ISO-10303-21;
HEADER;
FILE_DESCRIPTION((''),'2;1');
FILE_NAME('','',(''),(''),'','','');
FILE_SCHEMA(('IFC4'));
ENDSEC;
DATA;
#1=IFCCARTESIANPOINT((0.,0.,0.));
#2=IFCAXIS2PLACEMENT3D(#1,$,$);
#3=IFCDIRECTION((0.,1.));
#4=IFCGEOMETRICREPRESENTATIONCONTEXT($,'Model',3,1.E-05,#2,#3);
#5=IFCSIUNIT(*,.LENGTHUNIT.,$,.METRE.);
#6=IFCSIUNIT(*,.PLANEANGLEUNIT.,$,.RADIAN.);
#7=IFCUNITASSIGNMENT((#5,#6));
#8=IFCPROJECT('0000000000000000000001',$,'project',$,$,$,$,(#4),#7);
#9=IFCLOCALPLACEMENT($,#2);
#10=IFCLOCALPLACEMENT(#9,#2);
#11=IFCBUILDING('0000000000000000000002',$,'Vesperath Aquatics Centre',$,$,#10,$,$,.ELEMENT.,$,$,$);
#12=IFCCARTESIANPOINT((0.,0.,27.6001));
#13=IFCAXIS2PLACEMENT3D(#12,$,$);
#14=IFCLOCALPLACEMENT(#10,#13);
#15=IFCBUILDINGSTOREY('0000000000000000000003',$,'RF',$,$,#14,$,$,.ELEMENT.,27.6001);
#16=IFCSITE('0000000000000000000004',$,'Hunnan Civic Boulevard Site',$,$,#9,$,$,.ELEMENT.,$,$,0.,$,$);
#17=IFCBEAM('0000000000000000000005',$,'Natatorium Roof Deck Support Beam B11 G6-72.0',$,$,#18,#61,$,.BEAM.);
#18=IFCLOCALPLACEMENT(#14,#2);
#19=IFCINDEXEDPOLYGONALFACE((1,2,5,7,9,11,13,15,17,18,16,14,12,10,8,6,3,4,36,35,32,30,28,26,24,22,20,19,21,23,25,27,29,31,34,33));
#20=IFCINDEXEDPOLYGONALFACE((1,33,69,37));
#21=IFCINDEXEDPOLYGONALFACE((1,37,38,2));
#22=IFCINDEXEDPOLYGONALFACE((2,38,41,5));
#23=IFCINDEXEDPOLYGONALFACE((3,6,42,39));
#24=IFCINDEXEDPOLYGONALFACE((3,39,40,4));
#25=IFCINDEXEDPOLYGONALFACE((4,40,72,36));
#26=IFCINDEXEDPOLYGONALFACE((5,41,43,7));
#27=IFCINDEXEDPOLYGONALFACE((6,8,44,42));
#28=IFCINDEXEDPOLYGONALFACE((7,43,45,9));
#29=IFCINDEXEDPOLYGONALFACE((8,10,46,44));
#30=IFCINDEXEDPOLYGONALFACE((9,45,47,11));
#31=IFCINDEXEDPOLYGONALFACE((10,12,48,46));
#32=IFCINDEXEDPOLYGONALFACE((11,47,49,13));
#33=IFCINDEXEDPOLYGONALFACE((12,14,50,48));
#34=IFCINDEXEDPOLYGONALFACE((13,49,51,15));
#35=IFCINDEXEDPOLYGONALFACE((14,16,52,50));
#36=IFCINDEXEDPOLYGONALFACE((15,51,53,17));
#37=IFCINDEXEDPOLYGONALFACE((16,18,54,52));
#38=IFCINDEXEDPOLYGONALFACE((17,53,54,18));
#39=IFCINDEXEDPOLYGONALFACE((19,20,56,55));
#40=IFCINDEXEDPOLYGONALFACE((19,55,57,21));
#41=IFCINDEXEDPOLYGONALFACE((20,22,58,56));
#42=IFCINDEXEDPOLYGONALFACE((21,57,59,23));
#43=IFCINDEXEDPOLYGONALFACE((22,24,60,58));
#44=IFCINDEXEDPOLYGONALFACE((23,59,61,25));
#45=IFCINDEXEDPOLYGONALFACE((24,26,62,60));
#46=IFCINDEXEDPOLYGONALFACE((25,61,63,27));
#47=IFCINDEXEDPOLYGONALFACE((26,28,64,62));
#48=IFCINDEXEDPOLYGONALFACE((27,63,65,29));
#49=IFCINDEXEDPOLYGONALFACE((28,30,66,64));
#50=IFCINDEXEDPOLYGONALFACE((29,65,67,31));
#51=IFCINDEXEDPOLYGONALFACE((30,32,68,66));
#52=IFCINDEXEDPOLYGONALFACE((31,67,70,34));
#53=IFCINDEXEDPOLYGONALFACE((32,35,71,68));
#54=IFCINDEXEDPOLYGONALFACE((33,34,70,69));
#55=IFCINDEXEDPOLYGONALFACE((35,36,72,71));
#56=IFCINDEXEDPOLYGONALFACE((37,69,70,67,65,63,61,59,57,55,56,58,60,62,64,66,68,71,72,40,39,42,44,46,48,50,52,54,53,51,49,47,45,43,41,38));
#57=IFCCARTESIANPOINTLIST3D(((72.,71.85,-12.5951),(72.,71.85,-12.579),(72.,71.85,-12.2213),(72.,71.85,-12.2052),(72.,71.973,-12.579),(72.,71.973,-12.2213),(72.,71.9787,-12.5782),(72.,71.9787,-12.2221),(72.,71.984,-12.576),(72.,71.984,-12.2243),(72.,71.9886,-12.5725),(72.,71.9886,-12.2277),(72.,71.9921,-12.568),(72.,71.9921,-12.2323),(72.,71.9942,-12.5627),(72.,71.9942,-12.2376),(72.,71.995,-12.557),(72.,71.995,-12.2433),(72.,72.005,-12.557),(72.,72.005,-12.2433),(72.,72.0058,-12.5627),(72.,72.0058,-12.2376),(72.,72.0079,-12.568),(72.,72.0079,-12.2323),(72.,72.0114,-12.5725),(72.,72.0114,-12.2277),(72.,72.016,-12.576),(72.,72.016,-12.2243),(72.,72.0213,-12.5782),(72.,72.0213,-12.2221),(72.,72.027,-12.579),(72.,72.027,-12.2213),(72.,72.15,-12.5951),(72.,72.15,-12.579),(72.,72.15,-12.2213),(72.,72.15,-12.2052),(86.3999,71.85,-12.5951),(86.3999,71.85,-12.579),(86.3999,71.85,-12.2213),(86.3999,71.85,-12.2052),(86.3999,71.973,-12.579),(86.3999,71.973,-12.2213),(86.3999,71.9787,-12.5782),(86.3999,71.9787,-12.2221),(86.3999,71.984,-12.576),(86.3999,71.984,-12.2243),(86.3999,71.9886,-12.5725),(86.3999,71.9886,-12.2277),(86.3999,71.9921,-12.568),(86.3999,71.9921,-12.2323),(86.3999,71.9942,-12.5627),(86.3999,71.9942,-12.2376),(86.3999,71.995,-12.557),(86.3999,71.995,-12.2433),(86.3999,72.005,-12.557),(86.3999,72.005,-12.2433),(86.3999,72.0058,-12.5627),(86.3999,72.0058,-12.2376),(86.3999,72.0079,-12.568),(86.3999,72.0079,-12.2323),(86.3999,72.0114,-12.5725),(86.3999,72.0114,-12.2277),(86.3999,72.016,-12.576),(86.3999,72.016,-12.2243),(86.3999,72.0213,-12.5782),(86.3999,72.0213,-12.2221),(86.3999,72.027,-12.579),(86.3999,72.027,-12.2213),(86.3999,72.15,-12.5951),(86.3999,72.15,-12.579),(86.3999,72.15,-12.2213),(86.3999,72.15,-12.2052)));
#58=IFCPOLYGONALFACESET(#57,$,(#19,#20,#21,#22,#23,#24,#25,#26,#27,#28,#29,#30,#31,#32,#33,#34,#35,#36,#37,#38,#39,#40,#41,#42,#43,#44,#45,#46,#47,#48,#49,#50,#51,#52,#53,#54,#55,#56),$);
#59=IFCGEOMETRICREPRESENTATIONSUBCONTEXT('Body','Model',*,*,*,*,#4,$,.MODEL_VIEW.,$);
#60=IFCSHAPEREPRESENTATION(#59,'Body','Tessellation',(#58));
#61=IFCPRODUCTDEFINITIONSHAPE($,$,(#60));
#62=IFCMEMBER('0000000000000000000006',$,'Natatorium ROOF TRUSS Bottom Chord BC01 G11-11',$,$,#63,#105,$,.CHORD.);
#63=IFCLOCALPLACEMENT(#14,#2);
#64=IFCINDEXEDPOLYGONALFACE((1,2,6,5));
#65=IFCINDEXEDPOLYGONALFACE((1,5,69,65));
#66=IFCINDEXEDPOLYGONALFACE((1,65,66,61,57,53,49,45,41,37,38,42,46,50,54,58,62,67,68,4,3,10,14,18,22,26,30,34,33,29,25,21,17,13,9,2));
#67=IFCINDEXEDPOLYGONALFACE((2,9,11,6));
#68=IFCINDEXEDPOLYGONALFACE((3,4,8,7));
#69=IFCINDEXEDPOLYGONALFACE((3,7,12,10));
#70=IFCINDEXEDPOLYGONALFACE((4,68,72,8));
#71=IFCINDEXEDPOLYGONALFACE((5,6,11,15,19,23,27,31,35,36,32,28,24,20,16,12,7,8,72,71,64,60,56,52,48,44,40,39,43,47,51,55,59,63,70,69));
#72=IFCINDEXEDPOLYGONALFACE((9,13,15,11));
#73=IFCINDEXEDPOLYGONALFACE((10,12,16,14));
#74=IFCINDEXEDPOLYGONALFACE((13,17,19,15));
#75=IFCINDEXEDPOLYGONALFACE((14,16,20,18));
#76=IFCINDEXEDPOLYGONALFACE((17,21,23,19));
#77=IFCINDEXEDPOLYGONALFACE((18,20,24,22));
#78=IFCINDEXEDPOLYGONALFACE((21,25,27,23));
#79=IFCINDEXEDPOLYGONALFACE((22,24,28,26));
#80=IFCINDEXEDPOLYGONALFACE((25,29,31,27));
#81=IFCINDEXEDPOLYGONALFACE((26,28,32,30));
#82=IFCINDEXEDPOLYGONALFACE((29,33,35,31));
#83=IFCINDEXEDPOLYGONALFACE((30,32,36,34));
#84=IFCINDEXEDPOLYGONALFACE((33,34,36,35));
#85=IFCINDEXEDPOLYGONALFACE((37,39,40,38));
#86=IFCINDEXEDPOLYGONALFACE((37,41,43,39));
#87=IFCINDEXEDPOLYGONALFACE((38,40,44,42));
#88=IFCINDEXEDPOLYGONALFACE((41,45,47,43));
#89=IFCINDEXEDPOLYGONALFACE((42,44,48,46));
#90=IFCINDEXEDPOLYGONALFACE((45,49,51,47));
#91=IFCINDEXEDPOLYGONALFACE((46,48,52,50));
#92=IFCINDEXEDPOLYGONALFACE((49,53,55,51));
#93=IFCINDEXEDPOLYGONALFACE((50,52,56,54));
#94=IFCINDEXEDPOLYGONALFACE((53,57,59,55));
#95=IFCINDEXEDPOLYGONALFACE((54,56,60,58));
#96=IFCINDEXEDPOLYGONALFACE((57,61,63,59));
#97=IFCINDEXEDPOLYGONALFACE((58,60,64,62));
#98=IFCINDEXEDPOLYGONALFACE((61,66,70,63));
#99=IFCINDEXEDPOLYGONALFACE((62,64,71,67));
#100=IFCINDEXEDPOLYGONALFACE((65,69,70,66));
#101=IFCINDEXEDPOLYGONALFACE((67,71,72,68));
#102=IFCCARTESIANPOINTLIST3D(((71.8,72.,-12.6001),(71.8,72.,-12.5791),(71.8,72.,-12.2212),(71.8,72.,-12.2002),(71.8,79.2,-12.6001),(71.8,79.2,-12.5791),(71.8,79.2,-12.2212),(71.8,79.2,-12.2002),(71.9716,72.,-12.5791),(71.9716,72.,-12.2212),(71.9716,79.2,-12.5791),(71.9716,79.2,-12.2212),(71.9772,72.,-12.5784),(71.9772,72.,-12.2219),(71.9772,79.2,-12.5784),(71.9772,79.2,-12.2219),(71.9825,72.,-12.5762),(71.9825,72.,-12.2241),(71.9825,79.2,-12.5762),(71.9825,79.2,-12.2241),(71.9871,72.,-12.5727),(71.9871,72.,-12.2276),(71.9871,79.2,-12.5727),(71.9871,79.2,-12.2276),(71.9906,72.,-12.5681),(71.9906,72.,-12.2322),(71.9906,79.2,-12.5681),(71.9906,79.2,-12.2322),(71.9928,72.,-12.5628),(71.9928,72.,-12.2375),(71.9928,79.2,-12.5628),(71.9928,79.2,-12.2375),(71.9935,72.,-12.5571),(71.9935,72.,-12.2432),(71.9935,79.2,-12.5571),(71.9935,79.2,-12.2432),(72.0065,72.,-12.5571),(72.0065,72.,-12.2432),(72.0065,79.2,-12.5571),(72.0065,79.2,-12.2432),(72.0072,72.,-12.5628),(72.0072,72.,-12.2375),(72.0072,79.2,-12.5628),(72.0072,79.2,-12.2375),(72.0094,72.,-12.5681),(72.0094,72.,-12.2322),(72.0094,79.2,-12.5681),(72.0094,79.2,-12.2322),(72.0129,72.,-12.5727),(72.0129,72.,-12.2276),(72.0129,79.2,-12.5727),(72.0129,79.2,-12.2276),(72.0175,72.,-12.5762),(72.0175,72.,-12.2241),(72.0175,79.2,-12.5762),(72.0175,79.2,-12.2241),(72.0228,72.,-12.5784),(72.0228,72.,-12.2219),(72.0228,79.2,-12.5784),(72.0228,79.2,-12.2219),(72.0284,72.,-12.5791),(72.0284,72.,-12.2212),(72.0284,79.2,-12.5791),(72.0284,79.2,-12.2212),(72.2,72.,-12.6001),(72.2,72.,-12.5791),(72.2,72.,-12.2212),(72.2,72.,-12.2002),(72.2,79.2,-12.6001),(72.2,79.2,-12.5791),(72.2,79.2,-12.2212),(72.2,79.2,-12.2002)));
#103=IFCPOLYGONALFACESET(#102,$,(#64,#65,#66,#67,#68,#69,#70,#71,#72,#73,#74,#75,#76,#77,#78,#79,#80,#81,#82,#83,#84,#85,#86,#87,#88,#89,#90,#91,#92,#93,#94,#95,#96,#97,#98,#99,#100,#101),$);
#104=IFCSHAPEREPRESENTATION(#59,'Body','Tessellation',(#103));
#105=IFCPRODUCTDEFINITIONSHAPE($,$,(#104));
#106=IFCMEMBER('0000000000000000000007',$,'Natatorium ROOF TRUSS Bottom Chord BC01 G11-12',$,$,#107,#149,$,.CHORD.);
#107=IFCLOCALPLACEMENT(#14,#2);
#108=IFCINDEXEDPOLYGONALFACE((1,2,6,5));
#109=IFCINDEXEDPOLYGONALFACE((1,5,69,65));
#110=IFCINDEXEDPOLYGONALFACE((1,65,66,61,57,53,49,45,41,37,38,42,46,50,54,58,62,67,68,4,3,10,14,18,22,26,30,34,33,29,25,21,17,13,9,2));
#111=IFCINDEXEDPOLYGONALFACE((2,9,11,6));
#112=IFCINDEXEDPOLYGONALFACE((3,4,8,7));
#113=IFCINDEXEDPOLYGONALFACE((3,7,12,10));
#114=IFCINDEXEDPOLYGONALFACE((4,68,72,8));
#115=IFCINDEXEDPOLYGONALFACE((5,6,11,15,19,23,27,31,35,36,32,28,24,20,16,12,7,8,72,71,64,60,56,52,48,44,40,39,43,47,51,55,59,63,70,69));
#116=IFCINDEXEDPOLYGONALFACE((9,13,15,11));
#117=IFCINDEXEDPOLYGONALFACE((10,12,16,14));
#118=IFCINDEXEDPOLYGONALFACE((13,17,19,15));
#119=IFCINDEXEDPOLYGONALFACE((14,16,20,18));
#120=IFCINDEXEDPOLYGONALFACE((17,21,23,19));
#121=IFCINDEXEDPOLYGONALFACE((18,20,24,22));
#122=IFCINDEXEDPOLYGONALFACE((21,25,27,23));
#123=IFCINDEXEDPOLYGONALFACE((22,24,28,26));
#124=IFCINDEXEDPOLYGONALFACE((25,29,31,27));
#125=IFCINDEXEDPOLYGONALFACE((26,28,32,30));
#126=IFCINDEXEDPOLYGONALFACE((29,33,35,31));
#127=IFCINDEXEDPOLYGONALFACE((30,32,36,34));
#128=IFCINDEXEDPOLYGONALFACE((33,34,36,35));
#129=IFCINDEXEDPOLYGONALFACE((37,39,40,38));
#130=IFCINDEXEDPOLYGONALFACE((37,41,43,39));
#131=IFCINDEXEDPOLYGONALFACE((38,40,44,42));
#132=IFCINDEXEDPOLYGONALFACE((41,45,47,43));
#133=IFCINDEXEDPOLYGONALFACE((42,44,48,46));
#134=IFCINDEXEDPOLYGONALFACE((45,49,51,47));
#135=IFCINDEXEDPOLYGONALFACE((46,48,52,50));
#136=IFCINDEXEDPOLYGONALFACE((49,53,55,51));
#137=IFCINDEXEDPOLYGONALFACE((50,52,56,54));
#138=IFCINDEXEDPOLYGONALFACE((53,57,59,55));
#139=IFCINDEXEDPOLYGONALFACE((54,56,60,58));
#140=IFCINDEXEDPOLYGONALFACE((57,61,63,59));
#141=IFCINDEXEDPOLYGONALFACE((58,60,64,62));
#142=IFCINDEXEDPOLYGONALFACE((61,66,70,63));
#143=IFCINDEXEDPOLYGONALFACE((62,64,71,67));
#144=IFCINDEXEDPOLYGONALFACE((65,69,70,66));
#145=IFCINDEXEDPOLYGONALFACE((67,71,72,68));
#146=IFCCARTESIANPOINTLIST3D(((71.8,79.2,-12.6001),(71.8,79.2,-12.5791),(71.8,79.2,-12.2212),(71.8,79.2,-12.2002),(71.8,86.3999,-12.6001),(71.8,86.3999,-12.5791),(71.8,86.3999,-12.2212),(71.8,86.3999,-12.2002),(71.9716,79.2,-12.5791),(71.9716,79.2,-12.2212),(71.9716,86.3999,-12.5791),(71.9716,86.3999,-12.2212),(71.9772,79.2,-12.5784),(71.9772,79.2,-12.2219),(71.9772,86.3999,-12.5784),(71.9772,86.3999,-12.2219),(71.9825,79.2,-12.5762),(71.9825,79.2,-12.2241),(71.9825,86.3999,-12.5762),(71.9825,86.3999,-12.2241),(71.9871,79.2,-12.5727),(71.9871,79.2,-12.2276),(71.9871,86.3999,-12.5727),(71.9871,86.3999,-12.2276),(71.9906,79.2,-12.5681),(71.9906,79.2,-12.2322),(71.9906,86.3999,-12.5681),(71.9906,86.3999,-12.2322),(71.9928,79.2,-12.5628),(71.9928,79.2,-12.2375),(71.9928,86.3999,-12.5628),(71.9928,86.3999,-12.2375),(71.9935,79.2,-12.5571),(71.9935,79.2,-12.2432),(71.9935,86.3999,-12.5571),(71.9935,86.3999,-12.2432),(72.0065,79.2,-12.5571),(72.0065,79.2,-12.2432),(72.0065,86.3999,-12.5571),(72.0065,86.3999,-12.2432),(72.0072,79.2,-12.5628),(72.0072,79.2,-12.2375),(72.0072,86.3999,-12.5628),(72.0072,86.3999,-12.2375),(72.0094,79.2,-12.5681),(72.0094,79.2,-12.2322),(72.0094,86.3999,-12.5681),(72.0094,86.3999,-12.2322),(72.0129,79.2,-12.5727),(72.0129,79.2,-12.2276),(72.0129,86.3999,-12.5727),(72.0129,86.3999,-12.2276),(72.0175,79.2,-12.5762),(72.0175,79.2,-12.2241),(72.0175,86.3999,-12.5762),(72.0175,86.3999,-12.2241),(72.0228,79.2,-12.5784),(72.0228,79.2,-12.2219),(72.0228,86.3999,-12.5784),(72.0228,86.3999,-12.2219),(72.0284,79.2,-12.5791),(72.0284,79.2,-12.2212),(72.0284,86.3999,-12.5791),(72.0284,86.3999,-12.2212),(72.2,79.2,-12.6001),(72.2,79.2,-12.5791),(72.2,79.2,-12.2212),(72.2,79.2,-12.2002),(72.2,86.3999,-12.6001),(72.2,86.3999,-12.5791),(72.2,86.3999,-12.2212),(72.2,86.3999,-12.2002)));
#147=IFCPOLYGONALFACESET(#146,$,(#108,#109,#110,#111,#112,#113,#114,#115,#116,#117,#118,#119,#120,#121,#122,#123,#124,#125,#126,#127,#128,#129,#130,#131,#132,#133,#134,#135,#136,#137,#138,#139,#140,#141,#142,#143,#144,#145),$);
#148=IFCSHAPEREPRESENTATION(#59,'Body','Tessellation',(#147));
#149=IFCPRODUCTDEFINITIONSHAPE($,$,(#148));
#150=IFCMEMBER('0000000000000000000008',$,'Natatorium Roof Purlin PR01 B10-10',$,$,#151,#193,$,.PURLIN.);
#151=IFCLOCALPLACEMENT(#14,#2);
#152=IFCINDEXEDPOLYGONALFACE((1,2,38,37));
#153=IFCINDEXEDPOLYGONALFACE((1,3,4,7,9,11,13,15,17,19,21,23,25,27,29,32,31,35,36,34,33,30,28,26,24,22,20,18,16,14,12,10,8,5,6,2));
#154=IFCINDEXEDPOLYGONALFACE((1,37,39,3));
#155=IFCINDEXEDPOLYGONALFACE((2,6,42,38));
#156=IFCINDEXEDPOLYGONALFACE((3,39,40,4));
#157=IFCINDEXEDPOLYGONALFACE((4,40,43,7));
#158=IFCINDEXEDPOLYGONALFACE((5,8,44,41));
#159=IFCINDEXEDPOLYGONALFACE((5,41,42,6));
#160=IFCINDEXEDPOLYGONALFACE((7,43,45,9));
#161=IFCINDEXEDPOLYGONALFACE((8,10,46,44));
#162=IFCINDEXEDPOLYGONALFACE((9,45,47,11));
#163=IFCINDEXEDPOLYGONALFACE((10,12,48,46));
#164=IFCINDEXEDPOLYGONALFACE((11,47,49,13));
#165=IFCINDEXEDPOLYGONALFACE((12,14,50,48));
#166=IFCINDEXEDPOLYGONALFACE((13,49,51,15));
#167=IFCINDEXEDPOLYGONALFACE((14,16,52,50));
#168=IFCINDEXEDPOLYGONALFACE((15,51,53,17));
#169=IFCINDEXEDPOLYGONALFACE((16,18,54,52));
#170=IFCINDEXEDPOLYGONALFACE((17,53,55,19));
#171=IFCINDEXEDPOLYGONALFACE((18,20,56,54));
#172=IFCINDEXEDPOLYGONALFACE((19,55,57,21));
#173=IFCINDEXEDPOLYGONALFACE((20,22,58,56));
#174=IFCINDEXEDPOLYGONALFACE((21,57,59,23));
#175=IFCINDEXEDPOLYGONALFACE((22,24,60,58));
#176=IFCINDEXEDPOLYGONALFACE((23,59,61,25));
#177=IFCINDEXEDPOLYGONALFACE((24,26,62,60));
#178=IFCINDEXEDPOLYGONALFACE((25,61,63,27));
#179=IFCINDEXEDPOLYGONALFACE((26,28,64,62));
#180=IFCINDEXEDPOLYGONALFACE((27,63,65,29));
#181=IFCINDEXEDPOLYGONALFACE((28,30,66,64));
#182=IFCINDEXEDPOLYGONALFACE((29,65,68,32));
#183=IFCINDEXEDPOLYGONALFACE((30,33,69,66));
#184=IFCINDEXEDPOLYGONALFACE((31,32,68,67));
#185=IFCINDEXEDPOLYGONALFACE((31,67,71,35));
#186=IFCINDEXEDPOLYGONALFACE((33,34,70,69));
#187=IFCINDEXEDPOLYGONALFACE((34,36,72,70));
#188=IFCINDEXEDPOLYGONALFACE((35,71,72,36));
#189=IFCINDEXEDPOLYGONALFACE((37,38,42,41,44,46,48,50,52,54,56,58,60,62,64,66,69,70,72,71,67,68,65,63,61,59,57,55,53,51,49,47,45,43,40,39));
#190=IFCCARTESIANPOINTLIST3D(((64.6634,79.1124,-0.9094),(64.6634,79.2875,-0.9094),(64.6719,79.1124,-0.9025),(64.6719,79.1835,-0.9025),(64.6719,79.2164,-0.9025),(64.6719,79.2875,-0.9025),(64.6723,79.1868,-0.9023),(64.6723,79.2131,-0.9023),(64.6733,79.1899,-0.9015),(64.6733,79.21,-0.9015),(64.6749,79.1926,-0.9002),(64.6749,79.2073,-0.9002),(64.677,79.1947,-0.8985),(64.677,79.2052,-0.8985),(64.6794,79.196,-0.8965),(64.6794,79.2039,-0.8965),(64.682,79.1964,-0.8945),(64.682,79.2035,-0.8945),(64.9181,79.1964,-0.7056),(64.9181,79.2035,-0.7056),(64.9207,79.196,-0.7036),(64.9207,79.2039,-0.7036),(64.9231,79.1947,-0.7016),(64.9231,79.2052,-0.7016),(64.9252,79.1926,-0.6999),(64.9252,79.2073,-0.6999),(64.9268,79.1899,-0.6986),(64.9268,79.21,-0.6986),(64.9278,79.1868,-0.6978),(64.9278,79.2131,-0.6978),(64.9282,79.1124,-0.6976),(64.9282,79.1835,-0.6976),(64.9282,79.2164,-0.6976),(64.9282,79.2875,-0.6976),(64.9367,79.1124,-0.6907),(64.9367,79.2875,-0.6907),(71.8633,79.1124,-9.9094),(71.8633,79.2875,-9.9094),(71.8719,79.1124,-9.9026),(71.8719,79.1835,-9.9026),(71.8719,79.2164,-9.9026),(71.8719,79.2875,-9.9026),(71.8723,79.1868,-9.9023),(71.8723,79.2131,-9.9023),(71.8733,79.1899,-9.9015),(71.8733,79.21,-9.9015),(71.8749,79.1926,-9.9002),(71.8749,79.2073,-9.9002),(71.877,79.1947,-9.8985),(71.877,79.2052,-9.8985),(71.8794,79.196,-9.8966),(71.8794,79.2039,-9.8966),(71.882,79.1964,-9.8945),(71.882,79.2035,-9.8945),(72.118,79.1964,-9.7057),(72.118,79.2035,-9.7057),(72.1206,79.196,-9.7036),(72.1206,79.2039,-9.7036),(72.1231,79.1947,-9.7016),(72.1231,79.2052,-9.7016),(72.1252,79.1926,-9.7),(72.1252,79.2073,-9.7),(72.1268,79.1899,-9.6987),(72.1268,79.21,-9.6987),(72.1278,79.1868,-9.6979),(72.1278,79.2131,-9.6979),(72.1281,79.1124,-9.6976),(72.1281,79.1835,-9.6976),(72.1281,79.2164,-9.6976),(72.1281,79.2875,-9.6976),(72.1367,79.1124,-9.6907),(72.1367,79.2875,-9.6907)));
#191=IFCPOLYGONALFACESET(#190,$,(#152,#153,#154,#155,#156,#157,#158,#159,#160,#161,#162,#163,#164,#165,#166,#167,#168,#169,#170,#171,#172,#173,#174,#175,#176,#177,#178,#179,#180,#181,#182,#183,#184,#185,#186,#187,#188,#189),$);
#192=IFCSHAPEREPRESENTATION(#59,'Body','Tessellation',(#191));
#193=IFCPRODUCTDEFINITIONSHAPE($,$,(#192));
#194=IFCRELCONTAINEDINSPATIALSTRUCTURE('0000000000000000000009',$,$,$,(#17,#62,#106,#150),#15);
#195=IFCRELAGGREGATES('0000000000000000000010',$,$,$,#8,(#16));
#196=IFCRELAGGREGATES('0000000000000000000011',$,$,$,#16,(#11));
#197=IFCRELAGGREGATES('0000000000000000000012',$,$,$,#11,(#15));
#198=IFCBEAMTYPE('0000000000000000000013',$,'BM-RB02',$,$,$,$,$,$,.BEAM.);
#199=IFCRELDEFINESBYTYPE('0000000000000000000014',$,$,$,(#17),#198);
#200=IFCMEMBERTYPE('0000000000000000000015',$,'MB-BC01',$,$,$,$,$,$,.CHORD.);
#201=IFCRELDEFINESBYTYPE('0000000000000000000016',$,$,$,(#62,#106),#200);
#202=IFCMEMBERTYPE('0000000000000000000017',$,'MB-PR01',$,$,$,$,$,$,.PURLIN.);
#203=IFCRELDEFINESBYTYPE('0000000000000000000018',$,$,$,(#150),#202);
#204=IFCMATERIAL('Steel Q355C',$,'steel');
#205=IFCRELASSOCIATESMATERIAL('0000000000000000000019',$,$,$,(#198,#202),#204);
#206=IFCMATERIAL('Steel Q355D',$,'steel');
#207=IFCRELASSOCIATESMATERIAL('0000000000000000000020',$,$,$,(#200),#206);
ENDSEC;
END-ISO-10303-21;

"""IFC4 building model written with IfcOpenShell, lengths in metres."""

from ifc_helpers import new_model, si_unit, direction, frame, origin, origin_2d, place, context, subcontext, project, spatial, i_section, extrude, material, material_profile, profile_set, type_object, element, save


model = new_model("IFC4")

# Units and contexts
model_context = context("Model", 3, precision=1e-05, world=origin(), true_north=direction((0.0, 1.0)))
body_context = subcontext(model_context, "Body", "Model", "MODEL_VIEW")
ifc_project = project(units=[si_unit("LENGTHUNIT", "METRE"), si_unit("PLANEANGLEUNIT", "RADIAN")], contexts=[model_context])

# Site, building, storey
site_placement = place(None, origin())
site = spatial("IfcSite", under=ifc_project, at=site_placement, Name="Hunnan Civic Boulevard Site", CompositionType="ELEMENT", RefElevation=0.0)
building_placement = place(site_placement, origin())
building = spatial("IfcBuilding", under=site, at=building_placement, Name="Vesperath Aquatics Centre", CompositionType="ELEMENT")
storey_placement = place(building_placement, frame((0.0, 0.0, 27.6001)))
storey = spatial("IfcBuildingStorey", under=building, at=storey_placement, Name="RF", CompositionType="ELEMENT", Elevation=27.6001)

# Beam
ifc_material_1 = material(Name="Steel Q355C", Category="steel")
ifc_material_profile_1 = material_profile(ifc_material_1, i_section(OverallWidth=0.3, OverallDepth=0.3899, WebThickness=0.01, FlangeThickness=0.0161, FilletRadius=0.022, at=origin_2d()), Name="HM 390x300x10x16")
ifc_profile_set_1 = profile_set([ifc_material_profile_1], Name="Steel Q355C")
beam_type = type_object("IfcBeamType", Name="BM-RB02", PredefinedType="BEAM", material=ifc_profile_set_1)
beam_placement = place(storey_placement, frame((72.0, 72.0, -12.4001), z_axis=(1.0, 0.0, 0.0), x_axis=(0.0, 1.0, 0.0)))
element("IfcBeam", 1, at=beam_placement, inside=storey, type_object=beam_type, Name="Natatorium Roof Deck Support Beam B11 G6-72.0", PredefinedType="BEAM", context=body_context, shape_type="SweptSolid", body=[
    extrude(i_section(OverallWidth=0.3, OverallDepth=0.3899, WebThickness=0.01, FlangeThickness=0.0161, FilletRadius=0.022, at=origin_2d()), origin(), (0.0, 0.0, 1.0), 14.3999),
])

# Members
ifc_material_2 = material(Name="Steel Q355D", Category="steel")
ifc_material_profile_2 = material_profile(ifc_material_2, i_section(OverallWidth=0.3999, OverallDepth=0.3999, WebThickness=0.0129, FlangeThickness=0.021, FilletRadius=0.022, at=origin_2d()), Name="HW 400x400x13x21")
ifc_profile_set_2 = profile_set([ifc_material_profile_2], Name="Steel Q355D")
member_type_1 = type_object("IfcMemberType", Name="MB-BC01", PredefinedType="CHORD", material=ifc_profile_set_2)
for number, where, z_axis, x_axis, name in (
    (2, (72.0, 72.0, -12.4001), (0.0, 1.0, 0.0), (-1.0, 0.0, 0.0), "Natatorium ROOF TRUSS Bottom Chord BC01 G11-11"),
    (3, (72.0, 79.2, -12.4001), (0.0, 1.0, 0.0), (-1.0, 0.0, 0.0), "Natatorium ROOF TRUSS Bottom Chord BC01 G11-12"),
):
    element("IfcMember", number, at=place(storey_placement, frame(where, z_axis=z_axis, x_axis=x_axis)), inside=storey, type_object=member_type_1, Name=name, PredefinedType="CHORD", context=body_context, shape_type="SweptSolid", body=[
        extrude(i_section(OverallWidth=0.3999, OverallDepth=0.3999, WebThickness=0.0129, FlangeThickness=0.021, FilletRadius=0.022, at=origin_2d()), origin(), (0.0, 0.0, 1.0), 7.2),
    ])
ifc_material_profile_3 = material_profile(ifc_material_1, i_section(OverallWidth=0.175, OverallDepth=0.3501, WebThickness=0.0071, FlangeThickness=0.011, FilletRadius=0.0129, at=origin_2d()), Name="HN 350x175x7x11")
ifc_profile_set_3 = profile_set([ifc_material_profile_3], Name="Steel Q355C")
member_type_2 = type_object("IfcMemberType", Name="MB-PR01", PredefinedType="PURLIN", material=ifc_profile_set_3)
for number, where, z_axis, x_axis, name in (
    (4, (64.8, 79.2, -0.8), (0.624692, 0.0, -0.780871), (0.0, 1.0, 0.0), "Natatorium Roof Purlin PR01 B10-10"),
):
    element("IfcMember", number, at=place(storey_placement, frame(where, z_axis=z_axis, x_axis=x_axis)), inside=storey, type_object=member_type_2, Name=name, PredefinedType="PURLIN", context=body_context, shape_type="SweptSolid", body=[
        extrude(i_section(OverallWidth=0.175, OverallDepth=0.3501, WebThickness=0.0071, FlangeThickness=0.011, FilletRadius=0.0129, at=origin_2d()), origin(), (0.0, 0.0, 1.0), 11.5256),
    ])

save(model, "model.ifc")
